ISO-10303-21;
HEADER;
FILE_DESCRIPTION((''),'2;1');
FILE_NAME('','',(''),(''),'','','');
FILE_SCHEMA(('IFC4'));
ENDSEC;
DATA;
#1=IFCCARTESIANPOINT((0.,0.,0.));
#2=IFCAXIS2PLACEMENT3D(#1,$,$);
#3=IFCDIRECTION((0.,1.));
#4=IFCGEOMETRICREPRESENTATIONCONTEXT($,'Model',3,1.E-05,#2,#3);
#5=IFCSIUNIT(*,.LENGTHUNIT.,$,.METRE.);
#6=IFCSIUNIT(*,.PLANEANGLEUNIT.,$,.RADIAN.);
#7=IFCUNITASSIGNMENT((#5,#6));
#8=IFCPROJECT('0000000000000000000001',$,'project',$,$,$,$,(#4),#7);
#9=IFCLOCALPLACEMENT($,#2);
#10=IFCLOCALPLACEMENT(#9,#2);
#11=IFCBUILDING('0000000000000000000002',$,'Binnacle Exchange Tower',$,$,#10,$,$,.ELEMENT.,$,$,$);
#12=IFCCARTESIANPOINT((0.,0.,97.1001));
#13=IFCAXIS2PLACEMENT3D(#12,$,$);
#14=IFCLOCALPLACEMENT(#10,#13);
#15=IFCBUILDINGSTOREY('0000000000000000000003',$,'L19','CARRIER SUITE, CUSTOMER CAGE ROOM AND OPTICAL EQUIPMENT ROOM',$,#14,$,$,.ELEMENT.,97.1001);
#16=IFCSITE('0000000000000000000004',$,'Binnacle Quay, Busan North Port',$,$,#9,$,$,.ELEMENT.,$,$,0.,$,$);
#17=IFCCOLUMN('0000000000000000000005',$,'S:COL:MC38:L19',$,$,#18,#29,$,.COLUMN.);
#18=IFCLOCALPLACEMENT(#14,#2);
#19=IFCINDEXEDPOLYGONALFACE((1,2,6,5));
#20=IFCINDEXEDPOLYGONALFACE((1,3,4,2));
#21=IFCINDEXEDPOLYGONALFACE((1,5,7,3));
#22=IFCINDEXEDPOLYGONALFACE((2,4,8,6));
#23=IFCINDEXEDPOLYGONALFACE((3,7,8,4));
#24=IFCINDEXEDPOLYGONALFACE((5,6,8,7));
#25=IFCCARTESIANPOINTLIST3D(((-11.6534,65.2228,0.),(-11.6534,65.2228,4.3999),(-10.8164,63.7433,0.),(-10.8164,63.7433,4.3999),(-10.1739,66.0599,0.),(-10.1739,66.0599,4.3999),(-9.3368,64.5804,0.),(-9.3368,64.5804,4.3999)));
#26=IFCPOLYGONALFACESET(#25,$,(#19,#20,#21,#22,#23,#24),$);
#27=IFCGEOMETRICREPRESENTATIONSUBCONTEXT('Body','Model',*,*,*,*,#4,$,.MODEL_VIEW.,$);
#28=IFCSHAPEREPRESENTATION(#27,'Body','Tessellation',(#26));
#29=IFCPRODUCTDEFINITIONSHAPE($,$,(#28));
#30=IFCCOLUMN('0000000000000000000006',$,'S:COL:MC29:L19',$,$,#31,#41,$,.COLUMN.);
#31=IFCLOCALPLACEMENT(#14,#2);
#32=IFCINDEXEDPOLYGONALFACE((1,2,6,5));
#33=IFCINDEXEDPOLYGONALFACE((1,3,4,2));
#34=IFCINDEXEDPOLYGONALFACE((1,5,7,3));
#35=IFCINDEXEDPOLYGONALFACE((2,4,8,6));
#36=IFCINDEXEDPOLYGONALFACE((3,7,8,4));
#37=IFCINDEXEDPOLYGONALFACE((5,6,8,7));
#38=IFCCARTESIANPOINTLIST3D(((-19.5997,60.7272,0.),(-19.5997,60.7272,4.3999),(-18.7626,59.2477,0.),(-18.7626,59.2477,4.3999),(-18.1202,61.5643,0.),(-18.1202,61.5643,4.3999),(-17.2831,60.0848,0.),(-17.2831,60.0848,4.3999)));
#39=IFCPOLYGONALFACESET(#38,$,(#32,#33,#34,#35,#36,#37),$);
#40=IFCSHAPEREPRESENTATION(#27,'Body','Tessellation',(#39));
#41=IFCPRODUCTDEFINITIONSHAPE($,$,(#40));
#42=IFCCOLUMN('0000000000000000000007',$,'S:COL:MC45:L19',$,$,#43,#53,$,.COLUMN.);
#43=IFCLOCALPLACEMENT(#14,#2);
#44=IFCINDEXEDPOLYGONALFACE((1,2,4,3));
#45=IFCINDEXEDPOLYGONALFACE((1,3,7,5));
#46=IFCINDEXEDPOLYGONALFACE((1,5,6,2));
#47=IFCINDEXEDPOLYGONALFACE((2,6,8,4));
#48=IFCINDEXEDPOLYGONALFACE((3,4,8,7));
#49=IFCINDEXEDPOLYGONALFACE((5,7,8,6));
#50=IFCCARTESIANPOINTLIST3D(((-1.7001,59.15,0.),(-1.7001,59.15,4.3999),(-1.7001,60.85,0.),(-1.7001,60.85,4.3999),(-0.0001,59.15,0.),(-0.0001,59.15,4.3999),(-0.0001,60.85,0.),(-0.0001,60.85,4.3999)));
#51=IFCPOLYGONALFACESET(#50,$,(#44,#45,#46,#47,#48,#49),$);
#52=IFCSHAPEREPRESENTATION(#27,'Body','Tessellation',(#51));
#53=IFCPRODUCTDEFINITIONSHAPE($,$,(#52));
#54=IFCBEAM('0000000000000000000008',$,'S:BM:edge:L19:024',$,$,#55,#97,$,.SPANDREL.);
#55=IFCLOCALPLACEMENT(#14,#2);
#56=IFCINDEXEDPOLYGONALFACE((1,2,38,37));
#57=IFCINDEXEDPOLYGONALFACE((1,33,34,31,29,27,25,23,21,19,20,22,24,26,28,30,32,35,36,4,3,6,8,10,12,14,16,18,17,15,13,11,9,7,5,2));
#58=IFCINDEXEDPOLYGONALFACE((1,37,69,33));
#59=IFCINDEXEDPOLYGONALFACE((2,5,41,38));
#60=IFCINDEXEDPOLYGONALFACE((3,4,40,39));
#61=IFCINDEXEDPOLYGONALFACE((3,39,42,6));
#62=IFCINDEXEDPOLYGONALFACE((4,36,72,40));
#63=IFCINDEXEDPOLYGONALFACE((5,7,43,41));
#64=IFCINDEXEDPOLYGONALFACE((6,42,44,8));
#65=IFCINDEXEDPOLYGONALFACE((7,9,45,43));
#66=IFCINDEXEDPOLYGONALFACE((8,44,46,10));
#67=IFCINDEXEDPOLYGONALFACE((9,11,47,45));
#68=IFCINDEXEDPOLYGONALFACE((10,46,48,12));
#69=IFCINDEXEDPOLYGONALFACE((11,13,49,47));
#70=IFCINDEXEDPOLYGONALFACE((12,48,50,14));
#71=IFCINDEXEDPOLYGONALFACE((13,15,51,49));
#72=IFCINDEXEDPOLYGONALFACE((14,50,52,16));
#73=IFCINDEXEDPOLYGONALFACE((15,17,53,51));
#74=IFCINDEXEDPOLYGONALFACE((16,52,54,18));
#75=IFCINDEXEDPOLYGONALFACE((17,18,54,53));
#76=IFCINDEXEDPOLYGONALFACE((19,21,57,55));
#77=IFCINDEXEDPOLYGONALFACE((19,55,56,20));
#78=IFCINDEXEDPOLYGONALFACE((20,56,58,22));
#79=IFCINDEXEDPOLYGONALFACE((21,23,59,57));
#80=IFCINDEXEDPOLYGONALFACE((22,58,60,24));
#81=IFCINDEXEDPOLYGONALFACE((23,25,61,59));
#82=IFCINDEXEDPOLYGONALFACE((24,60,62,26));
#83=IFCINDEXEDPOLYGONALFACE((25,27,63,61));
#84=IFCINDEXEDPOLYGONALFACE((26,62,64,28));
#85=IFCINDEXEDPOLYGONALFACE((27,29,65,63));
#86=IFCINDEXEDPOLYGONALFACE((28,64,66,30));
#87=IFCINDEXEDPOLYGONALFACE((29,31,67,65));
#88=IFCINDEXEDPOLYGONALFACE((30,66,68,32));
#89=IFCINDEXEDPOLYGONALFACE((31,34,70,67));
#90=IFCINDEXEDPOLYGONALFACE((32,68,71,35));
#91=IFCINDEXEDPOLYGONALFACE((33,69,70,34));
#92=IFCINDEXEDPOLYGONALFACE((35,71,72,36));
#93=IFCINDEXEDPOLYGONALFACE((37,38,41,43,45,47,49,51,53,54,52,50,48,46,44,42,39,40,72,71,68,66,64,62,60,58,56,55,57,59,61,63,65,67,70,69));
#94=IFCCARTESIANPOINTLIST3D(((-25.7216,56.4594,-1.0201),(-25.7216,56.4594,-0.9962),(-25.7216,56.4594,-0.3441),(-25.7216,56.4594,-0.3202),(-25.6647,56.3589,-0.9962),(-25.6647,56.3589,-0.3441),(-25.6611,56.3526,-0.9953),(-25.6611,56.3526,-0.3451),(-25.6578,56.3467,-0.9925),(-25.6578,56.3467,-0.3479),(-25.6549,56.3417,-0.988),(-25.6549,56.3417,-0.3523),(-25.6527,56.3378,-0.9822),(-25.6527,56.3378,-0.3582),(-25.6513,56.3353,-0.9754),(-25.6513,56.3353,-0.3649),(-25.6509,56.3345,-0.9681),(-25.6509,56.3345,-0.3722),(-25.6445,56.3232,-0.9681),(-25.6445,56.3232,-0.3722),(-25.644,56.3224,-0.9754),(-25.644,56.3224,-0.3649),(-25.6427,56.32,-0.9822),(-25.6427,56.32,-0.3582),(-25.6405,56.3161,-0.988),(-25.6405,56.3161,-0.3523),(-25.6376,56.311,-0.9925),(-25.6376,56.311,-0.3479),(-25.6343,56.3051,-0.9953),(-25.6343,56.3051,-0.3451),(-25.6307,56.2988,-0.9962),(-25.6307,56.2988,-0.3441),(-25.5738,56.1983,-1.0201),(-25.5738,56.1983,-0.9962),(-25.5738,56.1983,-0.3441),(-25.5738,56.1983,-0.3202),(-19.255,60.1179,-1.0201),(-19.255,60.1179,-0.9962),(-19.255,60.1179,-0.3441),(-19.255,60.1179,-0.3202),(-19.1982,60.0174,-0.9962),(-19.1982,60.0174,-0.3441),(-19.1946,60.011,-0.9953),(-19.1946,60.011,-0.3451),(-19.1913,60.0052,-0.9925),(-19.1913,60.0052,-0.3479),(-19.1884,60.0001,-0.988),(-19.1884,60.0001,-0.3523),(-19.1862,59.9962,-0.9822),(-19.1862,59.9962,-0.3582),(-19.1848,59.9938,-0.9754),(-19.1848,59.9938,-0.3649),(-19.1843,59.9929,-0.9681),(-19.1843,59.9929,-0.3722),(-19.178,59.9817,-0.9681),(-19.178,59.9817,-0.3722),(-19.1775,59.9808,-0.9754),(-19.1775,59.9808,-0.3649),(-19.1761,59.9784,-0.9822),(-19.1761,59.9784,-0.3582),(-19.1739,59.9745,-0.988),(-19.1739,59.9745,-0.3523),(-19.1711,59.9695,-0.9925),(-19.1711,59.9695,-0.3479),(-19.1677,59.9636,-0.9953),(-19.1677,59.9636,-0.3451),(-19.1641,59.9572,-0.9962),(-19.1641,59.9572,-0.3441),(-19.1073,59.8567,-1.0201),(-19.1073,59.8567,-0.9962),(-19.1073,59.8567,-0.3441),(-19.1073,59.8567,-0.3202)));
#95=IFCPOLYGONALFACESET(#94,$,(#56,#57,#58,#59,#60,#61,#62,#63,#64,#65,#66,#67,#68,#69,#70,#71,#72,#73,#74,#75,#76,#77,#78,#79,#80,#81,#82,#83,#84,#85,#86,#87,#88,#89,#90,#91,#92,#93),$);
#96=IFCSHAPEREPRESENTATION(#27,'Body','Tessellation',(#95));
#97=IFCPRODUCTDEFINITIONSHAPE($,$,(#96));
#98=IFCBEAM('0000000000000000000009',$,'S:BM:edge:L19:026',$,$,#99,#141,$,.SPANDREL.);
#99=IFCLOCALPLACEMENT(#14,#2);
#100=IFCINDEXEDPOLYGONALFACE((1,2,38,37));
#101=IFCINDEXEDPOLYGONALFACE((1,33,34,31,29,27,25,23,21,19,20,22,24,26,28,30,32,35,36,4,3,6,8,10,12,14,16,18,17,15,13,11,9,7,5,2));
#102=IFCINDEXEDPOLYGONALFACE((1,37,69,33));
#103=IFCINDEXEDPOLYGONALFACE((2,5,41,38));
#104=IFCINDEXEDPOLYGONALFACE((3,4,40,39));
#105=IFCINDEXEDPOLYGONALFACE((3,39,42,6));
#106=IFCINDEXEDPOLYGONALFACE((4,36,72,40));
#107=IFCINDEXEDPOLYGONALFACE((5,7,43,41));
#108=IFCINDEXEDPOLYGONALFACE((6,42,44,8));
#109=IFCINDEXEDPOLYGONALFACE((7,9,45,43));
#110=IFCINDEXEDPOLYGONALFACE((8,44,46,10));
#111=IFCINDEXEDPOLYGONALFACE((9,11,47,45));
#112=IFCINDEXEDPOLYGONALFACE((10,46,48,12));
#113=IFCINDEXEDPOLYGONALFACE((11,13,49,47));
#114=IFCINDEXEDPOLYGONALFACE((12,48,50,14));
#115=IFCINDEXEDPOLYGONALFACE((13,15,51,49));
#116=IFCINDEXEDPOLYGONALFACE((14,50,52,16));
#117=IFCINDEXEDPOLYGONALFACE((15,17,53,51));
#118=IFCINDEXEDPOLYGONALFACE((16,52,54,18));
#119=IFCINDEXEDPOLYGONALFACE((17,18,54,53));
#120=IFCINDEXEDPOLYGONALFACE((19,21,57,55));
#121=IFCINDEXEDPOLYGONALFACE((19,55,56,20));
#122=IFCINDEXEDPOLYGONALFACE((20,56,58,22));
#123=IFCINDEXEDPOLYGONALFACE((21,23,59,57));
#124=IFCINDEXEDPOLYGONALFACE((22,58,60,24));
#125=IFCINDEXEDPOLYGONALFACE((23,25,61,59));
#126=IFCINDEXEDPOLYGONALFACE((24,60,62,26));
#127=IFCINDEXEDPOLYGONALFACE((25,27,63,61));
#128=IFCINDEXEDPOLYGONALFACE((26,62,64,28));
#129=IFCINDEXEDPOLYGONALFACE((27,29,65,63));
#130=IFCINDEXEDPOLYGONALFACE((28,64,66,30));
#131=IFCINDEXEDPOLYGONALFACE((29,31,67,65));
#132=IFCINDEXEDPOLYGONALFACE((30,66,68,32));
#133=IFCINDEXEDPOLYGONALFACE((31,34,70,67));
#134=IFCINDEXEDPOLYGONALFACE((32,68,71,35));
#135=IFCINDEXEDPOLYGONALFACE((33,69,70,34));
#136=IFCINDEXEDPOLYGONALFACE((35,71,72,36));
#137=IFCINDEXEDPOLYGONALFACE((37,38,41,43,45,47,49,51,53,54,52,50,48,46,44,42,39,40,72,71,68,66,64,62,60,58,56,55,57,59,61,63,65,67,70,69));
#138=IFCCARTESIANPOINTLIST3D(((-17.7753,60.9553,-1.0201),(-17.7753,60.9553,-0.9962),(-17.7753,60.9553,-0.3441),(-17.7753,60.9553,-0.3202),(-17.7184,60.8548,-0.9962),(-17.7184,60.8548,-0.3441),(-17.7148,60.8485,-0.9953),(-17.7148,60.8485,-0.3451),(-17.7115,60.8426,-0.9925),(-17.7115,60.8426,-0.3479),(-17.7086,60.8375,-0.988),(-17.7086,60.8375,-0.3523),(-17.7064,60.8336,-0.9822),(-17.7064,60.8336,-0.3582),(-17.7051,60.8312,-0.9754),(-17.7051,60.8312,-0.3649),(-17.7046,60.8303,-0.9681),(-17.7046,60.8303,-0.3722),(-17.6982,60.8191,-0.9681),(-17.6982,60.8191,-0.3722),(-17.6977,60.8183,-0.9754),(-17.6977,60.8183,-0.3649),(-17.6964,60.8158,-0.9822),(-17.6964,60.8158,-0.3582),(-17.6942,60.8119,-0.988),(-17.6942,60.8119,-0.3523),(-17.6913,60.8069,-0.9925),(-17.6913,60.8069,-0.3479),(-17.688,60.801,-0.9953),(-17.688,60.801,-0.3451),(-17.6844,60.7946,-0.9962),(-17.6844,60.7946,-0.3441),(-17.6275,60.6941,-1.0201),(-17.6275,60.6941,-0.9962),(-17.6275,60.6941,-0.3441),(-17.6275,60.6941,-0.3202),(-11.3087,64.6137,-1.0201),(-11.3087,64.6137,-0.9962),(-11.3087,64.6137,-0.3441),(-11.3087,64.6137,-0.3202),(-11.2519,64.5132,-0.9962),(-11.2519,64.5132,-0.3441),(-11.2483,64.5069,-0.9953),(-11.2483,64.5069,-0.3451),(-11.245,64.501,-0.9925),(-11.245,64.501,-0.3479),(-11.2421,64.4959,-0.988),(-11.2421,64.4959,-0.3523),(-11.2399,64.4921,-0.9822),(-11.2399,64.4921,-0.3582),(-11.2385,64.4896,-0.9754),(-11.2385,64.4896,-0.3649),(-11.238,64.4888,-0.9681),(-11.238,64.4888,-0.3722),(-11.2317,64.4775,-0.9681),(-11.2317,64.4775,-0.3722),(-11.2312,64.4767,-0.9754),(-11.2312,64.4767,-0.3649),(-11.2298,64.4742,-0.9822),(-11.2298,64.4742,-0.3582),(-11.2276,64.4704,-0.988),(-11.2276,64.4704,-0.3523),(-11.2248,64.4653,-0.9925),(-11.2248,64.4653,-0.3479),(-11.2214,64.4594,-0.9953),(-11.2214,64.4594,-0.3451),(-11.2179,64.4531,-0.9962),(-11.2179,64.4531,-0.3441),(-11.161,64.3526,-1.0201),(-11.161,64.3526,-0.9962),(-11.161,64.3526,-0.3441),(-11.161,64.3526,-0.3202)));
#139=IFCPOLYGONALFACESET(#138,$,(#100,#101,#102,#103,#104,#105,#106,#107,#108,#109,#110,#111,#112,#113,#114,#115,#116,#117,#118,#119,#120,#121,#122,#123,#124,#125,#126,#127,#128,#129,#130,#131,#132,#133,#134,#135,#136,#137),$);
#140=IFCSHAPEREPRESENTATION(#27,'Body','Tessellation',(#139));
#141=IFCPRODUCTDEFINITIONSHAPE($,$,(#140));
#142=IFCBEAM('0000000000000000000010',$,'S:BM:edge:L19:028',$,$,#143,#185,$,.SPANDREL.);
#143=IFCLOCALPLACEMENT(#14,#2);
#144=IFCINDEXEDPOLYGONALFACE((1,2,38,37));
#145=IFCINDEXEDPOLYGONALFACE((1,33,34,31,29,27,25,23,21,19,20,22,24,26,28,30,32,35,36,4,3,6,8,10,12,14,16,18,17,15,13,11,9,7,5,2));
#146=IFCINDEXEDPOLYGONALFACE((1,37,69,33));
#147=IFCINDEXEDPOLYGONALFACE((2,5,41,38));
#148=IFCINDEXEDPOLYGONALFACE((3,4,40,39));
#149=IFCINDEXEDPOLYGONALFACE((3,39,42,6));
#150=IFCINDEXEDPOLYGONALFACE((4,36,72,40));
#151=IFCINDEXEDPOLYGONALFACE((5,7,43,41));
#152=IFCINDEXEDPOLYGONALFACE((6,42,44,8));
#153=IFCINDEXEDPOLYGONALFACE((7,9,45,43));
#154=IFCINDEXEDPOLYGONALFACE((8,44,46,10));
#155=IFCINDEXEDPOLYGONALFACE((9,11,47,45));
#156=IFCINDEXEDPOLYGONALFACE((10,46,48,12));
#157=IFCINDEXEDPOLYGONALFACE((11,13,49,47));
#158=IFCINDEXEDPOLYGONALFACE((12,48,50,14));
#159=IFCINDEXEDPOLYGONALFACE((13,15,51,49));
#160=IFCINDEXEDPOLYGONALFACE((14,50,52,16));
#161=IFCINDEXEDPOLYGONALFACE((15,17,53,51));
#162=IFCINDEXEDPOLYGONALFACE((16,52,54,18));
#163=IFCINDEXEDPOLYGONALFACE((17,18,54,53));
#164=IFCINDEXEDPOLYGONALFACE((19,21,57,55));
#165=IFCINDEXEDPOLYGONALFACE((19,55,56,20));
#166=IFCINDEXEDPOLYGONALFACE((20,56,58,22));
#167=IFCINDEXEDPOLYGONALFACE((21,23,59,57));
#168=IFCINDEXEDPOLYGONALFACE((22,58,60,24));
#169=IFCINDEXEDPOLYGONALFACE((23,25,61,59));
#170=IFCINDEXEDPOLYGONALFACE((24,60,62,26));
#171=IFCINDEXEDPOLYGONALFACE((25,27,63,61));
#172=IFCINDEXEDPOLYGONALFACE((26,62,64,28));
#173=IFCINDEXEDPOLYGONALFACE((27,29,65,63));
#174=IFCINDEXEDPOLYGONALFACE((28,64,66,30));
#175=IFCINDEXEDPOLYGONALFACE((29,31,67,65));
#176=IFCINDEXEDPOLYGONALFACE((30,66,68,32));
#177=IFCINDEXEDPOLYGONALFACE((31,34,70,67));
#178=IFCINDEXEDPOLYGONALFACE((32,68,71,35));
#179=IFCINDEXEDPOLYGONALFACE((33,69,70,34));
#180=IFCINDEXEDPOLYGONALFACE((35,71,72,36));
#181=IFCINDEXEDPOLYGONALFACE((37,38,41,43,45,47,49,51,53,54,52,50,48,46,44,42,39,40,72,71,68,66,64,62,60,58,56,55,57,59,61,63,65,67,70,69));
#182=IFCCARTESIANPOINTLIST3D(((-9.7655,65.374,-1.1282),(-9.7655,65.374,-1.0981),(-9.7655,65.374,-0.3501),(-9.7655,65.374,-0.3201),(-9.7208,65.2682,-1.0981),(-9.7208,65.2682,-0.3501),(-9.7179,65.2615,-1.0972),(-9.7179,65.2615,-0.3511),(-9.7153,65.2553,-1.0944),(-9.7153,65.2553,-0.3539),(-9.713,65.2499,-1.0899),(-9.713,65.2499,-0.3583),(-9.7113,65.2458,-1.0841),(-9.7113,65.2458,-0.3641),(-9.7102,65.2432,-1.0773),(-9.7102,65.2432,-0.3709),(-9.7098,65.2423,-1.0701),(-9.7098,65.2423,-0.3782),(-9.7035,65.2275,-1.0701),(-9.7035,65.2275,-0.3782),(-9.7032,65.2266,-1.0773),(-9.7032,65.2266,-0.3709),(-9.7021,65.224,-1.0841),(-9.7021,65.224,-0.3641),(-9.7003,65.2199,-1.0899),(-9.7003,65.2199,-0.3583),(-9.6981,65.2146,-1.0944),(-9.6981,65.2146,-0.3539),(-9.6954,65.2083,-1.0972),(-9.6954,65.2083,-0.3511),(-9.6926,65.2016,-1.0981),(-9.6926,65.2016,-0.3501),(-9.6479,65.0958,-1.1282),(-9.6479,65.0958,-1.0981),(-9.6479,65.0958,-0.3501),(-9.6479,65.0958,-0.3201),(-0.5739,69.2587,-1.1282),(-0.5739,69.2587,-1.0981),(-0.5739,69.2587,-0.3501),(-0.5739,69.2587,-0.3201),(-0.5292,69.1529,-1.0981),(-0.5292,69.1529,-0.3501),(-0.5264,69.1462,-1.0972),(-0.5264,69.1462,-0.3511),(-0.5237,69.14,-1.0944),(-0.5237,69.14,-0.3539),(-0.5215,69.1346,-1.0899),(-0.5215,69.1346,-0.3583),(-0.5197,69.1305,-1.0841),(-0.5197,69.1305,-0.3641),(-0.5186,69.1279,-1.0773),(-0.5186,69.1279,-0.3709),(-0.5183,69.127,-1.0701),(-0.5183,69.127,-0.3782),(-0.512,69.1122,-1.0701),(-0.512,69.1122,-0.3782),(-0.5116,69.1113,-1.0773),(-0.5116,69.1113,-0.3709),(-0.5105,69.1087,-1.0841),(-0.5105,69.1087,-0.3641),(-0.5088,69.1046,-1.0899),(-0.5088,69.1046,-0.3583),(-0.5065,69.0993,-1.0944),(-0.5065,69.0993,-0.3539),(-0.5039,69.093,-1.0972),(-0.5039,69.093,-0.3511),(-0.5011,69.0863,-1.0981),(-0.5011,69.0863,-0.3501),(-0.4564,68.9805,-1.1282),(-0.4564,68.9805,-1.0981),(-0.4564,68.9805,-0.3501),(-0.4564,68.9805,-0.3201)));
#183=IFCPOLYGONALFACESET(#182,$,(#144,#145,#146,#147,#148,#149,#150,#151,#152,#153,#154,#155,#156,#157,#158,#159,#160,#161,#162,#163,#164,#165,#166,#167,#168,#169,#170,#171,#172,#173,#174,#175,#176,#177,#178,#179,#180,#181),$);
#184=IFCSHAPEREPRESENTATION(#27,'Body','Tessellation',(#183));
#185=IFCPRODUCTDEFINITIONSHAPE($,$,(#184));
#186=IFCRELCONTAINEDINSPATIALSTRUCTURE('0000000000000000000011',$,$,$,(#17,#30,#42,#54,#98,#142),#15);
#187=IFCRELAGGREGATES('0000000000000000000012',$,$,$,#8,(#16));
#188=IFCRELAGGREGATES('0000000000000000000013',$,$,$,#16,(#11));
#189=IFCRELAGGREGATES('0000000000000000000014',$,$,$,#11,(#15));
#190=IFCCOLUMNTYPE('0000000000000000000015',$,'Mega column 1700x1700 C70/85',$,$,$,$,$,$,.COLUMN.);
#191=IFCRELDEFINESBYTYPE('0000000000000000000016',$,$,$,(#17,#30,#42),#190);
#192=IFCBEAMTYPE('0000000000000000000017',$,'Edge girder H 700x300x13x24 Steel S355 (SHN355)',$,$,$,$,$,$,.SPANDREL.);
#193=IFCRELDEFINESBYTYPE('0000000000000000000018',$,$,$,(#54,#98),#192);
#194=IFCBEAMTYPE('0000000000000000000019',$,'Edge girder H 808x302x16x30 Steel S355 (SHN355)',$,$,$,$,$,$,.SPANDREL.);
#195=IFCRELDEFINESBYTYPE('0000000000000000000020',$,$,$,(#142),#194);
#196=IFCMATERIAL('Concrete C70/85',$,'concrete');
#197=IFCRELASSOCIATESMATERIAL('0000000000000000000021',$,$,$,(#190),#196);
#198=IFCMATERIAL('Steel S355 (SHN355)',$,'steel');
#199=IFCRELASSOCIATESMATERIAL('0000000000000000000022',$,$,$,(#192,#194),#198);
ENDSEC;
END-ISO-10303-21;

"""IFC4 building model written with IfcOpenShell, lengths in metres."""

from ifc_helpers import new_model, si_unit, direction, frame, origin, origin_2d, place, context, subcontext, project, spatial, rectangle, i_section, extrude, material, material_profile, profile_set, type_object, element, save


model = new_model("IFC4")

# Units and contexts
model_context = context("Model", 3, precision=1e-05, world=origin(), true_north=direction((0.0, 1.0)))
body_context = subcontext(model_context, "Body", "Model", "MODEL_VIEW")
ifc_project = project(units=[si_unit("LENGTHUNIT", "METRE"), si_unit("PLANEANGLEUNIT", "RADIAN")], contexts=[model_context])

# Site, building, storey
site_placement = place(None, origin())
site = spatial("IfcSite", under=ifc_project, at=site_placement, Name="Binnacle Quay, Busan North Port", CompositionType="ELEMENT", RefElevation=0.0)
building_placement = place(site_placement, origin())
building = spatial("IfcBuilding", under=site, at=building_placement, Name="Binnacle Exchange Tower", CompositionType="ELEMENT")
storey_placement = place(building_placement, frame((0.0, 0.0, 97.1001)))
storey = spatial("IfcBuildingStorey", under=building, at=storey_placement, Name="L19", Description="CARRIER SUITE, CUSTOMER CAGE ROOM AND OPTICAL EQUIPMENT ROOM", CompositionType="ELEMENT", Elevation=97.1001)

# Columns
ifc_material_1 = material(Name="Concrete C70/85", Category="concrete")
ifc_material_profile_1 = material_profile(ifc_material_1, rectangle(XDim=1.7, YDim=1.7, at=origin_2d()), Name="Mega column 1700x1700 C70/85")
ifc_profile_set_1 = profile_set([ifc_material_profile_1], Name="Concrete C70/85")
column_type = type_object("IfcColumnType", Name="Mega column 1700x1700 C70/85", PredefinedType="COLUMN", material=ifc_profile_set_1)
for number, where, z_axis, x_axis, name in (
    (1, (-10.4951, 64.9016, 0.0), (0.0, 0.0, 1.0), (-0.870356, -0.492424, 0.0), "S:COL:MC38:L19"),
    (2, (-18.4414, 60.406, 0.0), (0.0, 0.0, 1.0), (-0.870356, -0.492424, 0.0), "S:COL:MC29:L19"),
    (3, (-0.8501, 60.0, 0.0), (0.0, 0.0, 1.0), (0.0, 1.0, 0.0), "S:COL:MC45:L19"),
):
    element("IfcColumn", number, at=place(storey_placement, frame(where, z_axis=z_axis, x_axis=x_axis)), inside=storey, type_object=column_type, Name=name, PredefinedType="COLUMN", context=body_context, shape_type="SweptSolid", body=[
        extrude(rectangle(XDim=1.7, YDim=1.7, at=origin_2d()), origin(), (0.0, 0.0, 1.0), 4.3999),
    ])

# Beams
ifc_material_2 = material(Name="Steel S355 (SHN355)", Category="steel")
ifc_material_profile_2 = material_profile(ifc_material_2, i_section(OverallWidth=0.3, OverallDepth=0.7, WebThickness=0.0129, FlangeThickness=0.0239, FilletRadius=0.0281, at=origin_2d()), Name="H 700x300x13x24")
ifc_profile_set_2 = profile_set([ifc_material_profile_2], Name="Steel S355 (SHN355)")
beam_type_1 = type_object("IfcBeamType", Name="Edge girder H 700x300x13x24 Steel S355 (SHN355)", PredefinedType="SPANDREL", material=ifc_profile_set_2)
for number, where, z_axis, x_axis, name in (
    (4, (-19.1812, 59.9873, -0.6702), (-0.870364, -0.492408, 0.0), (0.492408, -0.870364, 0.0), "S:BM:edge:L19:024"),
    (5, (-11.2349, 64.4832, -0.6702), (-0.870364, -0.492408, 0.0), (0.492408, -0.870364, 0.0), "S:BM:edge:L19:026"),
):
    element("IfcBeam", number, at=place(storey_placement, frame(where, z_axis=z_axis, x_axis=x_axis)), inside=storey, type_object=beam_type_1, Name=name, PredefinedType="SPANDREL", context=body_context, shape_type="SweptSolid", body=[
        extrude(i_section(OverallWidth=0.3, OverallDepth=0.7, WebThickness=0.0129, FlangeThickness=0.0239, FilletRadius=0.0281, at=origin_2d()), origin(), (0.0, 0.0, 1.0), 7.4297),
    ])
ifc_material_profile_3 = material_profile(ifc_material_2, i_section(OverallWidth=0.302, OverallDepth=0.8081, WebThickness=0.0161, FlangeThickness=0.03, FilletRadius=0.0281, at=origin_2d()), Name="H 808x302x16x30")
ifc_profile_set_3 = profile_set([ifc_material_profile_3], Name="Steel S355 (SHN355)")
beam_type_2 = type_object("IfcBeamType", Name="Edge girder H 808x302x16x30 Steel S355 (SHN355)", PredefinedType="SPANDREL", material=ifc_profile_set_3)
beam_1_placement = place(storey_placement, frame((-0.5151, 69.1196, -0.7241), z_axis=(-0.921111, -0.389299, 0.0), x_axis=(0.389299, -0.921111, 0.0)))
element("IfcBeam", 6, at=beam_1_placement, inside=storey, type_object=beam_type_2, Name="S:BM:edge:L19:028", PredefinedType="SPANDREL", context=body_context, shape_type="SweptSolid", body=[
    extrude(i_section(OverallWidth=0.302, OverallDepth=0.8081, WebThickness=0.0161, FlangeThickness=0.03, FilletRadius=0.0281, at=origin_2d()), origin(), (0.0, 0.0, 1.0), 9.9788),
])

save(model, "model.ifc")
